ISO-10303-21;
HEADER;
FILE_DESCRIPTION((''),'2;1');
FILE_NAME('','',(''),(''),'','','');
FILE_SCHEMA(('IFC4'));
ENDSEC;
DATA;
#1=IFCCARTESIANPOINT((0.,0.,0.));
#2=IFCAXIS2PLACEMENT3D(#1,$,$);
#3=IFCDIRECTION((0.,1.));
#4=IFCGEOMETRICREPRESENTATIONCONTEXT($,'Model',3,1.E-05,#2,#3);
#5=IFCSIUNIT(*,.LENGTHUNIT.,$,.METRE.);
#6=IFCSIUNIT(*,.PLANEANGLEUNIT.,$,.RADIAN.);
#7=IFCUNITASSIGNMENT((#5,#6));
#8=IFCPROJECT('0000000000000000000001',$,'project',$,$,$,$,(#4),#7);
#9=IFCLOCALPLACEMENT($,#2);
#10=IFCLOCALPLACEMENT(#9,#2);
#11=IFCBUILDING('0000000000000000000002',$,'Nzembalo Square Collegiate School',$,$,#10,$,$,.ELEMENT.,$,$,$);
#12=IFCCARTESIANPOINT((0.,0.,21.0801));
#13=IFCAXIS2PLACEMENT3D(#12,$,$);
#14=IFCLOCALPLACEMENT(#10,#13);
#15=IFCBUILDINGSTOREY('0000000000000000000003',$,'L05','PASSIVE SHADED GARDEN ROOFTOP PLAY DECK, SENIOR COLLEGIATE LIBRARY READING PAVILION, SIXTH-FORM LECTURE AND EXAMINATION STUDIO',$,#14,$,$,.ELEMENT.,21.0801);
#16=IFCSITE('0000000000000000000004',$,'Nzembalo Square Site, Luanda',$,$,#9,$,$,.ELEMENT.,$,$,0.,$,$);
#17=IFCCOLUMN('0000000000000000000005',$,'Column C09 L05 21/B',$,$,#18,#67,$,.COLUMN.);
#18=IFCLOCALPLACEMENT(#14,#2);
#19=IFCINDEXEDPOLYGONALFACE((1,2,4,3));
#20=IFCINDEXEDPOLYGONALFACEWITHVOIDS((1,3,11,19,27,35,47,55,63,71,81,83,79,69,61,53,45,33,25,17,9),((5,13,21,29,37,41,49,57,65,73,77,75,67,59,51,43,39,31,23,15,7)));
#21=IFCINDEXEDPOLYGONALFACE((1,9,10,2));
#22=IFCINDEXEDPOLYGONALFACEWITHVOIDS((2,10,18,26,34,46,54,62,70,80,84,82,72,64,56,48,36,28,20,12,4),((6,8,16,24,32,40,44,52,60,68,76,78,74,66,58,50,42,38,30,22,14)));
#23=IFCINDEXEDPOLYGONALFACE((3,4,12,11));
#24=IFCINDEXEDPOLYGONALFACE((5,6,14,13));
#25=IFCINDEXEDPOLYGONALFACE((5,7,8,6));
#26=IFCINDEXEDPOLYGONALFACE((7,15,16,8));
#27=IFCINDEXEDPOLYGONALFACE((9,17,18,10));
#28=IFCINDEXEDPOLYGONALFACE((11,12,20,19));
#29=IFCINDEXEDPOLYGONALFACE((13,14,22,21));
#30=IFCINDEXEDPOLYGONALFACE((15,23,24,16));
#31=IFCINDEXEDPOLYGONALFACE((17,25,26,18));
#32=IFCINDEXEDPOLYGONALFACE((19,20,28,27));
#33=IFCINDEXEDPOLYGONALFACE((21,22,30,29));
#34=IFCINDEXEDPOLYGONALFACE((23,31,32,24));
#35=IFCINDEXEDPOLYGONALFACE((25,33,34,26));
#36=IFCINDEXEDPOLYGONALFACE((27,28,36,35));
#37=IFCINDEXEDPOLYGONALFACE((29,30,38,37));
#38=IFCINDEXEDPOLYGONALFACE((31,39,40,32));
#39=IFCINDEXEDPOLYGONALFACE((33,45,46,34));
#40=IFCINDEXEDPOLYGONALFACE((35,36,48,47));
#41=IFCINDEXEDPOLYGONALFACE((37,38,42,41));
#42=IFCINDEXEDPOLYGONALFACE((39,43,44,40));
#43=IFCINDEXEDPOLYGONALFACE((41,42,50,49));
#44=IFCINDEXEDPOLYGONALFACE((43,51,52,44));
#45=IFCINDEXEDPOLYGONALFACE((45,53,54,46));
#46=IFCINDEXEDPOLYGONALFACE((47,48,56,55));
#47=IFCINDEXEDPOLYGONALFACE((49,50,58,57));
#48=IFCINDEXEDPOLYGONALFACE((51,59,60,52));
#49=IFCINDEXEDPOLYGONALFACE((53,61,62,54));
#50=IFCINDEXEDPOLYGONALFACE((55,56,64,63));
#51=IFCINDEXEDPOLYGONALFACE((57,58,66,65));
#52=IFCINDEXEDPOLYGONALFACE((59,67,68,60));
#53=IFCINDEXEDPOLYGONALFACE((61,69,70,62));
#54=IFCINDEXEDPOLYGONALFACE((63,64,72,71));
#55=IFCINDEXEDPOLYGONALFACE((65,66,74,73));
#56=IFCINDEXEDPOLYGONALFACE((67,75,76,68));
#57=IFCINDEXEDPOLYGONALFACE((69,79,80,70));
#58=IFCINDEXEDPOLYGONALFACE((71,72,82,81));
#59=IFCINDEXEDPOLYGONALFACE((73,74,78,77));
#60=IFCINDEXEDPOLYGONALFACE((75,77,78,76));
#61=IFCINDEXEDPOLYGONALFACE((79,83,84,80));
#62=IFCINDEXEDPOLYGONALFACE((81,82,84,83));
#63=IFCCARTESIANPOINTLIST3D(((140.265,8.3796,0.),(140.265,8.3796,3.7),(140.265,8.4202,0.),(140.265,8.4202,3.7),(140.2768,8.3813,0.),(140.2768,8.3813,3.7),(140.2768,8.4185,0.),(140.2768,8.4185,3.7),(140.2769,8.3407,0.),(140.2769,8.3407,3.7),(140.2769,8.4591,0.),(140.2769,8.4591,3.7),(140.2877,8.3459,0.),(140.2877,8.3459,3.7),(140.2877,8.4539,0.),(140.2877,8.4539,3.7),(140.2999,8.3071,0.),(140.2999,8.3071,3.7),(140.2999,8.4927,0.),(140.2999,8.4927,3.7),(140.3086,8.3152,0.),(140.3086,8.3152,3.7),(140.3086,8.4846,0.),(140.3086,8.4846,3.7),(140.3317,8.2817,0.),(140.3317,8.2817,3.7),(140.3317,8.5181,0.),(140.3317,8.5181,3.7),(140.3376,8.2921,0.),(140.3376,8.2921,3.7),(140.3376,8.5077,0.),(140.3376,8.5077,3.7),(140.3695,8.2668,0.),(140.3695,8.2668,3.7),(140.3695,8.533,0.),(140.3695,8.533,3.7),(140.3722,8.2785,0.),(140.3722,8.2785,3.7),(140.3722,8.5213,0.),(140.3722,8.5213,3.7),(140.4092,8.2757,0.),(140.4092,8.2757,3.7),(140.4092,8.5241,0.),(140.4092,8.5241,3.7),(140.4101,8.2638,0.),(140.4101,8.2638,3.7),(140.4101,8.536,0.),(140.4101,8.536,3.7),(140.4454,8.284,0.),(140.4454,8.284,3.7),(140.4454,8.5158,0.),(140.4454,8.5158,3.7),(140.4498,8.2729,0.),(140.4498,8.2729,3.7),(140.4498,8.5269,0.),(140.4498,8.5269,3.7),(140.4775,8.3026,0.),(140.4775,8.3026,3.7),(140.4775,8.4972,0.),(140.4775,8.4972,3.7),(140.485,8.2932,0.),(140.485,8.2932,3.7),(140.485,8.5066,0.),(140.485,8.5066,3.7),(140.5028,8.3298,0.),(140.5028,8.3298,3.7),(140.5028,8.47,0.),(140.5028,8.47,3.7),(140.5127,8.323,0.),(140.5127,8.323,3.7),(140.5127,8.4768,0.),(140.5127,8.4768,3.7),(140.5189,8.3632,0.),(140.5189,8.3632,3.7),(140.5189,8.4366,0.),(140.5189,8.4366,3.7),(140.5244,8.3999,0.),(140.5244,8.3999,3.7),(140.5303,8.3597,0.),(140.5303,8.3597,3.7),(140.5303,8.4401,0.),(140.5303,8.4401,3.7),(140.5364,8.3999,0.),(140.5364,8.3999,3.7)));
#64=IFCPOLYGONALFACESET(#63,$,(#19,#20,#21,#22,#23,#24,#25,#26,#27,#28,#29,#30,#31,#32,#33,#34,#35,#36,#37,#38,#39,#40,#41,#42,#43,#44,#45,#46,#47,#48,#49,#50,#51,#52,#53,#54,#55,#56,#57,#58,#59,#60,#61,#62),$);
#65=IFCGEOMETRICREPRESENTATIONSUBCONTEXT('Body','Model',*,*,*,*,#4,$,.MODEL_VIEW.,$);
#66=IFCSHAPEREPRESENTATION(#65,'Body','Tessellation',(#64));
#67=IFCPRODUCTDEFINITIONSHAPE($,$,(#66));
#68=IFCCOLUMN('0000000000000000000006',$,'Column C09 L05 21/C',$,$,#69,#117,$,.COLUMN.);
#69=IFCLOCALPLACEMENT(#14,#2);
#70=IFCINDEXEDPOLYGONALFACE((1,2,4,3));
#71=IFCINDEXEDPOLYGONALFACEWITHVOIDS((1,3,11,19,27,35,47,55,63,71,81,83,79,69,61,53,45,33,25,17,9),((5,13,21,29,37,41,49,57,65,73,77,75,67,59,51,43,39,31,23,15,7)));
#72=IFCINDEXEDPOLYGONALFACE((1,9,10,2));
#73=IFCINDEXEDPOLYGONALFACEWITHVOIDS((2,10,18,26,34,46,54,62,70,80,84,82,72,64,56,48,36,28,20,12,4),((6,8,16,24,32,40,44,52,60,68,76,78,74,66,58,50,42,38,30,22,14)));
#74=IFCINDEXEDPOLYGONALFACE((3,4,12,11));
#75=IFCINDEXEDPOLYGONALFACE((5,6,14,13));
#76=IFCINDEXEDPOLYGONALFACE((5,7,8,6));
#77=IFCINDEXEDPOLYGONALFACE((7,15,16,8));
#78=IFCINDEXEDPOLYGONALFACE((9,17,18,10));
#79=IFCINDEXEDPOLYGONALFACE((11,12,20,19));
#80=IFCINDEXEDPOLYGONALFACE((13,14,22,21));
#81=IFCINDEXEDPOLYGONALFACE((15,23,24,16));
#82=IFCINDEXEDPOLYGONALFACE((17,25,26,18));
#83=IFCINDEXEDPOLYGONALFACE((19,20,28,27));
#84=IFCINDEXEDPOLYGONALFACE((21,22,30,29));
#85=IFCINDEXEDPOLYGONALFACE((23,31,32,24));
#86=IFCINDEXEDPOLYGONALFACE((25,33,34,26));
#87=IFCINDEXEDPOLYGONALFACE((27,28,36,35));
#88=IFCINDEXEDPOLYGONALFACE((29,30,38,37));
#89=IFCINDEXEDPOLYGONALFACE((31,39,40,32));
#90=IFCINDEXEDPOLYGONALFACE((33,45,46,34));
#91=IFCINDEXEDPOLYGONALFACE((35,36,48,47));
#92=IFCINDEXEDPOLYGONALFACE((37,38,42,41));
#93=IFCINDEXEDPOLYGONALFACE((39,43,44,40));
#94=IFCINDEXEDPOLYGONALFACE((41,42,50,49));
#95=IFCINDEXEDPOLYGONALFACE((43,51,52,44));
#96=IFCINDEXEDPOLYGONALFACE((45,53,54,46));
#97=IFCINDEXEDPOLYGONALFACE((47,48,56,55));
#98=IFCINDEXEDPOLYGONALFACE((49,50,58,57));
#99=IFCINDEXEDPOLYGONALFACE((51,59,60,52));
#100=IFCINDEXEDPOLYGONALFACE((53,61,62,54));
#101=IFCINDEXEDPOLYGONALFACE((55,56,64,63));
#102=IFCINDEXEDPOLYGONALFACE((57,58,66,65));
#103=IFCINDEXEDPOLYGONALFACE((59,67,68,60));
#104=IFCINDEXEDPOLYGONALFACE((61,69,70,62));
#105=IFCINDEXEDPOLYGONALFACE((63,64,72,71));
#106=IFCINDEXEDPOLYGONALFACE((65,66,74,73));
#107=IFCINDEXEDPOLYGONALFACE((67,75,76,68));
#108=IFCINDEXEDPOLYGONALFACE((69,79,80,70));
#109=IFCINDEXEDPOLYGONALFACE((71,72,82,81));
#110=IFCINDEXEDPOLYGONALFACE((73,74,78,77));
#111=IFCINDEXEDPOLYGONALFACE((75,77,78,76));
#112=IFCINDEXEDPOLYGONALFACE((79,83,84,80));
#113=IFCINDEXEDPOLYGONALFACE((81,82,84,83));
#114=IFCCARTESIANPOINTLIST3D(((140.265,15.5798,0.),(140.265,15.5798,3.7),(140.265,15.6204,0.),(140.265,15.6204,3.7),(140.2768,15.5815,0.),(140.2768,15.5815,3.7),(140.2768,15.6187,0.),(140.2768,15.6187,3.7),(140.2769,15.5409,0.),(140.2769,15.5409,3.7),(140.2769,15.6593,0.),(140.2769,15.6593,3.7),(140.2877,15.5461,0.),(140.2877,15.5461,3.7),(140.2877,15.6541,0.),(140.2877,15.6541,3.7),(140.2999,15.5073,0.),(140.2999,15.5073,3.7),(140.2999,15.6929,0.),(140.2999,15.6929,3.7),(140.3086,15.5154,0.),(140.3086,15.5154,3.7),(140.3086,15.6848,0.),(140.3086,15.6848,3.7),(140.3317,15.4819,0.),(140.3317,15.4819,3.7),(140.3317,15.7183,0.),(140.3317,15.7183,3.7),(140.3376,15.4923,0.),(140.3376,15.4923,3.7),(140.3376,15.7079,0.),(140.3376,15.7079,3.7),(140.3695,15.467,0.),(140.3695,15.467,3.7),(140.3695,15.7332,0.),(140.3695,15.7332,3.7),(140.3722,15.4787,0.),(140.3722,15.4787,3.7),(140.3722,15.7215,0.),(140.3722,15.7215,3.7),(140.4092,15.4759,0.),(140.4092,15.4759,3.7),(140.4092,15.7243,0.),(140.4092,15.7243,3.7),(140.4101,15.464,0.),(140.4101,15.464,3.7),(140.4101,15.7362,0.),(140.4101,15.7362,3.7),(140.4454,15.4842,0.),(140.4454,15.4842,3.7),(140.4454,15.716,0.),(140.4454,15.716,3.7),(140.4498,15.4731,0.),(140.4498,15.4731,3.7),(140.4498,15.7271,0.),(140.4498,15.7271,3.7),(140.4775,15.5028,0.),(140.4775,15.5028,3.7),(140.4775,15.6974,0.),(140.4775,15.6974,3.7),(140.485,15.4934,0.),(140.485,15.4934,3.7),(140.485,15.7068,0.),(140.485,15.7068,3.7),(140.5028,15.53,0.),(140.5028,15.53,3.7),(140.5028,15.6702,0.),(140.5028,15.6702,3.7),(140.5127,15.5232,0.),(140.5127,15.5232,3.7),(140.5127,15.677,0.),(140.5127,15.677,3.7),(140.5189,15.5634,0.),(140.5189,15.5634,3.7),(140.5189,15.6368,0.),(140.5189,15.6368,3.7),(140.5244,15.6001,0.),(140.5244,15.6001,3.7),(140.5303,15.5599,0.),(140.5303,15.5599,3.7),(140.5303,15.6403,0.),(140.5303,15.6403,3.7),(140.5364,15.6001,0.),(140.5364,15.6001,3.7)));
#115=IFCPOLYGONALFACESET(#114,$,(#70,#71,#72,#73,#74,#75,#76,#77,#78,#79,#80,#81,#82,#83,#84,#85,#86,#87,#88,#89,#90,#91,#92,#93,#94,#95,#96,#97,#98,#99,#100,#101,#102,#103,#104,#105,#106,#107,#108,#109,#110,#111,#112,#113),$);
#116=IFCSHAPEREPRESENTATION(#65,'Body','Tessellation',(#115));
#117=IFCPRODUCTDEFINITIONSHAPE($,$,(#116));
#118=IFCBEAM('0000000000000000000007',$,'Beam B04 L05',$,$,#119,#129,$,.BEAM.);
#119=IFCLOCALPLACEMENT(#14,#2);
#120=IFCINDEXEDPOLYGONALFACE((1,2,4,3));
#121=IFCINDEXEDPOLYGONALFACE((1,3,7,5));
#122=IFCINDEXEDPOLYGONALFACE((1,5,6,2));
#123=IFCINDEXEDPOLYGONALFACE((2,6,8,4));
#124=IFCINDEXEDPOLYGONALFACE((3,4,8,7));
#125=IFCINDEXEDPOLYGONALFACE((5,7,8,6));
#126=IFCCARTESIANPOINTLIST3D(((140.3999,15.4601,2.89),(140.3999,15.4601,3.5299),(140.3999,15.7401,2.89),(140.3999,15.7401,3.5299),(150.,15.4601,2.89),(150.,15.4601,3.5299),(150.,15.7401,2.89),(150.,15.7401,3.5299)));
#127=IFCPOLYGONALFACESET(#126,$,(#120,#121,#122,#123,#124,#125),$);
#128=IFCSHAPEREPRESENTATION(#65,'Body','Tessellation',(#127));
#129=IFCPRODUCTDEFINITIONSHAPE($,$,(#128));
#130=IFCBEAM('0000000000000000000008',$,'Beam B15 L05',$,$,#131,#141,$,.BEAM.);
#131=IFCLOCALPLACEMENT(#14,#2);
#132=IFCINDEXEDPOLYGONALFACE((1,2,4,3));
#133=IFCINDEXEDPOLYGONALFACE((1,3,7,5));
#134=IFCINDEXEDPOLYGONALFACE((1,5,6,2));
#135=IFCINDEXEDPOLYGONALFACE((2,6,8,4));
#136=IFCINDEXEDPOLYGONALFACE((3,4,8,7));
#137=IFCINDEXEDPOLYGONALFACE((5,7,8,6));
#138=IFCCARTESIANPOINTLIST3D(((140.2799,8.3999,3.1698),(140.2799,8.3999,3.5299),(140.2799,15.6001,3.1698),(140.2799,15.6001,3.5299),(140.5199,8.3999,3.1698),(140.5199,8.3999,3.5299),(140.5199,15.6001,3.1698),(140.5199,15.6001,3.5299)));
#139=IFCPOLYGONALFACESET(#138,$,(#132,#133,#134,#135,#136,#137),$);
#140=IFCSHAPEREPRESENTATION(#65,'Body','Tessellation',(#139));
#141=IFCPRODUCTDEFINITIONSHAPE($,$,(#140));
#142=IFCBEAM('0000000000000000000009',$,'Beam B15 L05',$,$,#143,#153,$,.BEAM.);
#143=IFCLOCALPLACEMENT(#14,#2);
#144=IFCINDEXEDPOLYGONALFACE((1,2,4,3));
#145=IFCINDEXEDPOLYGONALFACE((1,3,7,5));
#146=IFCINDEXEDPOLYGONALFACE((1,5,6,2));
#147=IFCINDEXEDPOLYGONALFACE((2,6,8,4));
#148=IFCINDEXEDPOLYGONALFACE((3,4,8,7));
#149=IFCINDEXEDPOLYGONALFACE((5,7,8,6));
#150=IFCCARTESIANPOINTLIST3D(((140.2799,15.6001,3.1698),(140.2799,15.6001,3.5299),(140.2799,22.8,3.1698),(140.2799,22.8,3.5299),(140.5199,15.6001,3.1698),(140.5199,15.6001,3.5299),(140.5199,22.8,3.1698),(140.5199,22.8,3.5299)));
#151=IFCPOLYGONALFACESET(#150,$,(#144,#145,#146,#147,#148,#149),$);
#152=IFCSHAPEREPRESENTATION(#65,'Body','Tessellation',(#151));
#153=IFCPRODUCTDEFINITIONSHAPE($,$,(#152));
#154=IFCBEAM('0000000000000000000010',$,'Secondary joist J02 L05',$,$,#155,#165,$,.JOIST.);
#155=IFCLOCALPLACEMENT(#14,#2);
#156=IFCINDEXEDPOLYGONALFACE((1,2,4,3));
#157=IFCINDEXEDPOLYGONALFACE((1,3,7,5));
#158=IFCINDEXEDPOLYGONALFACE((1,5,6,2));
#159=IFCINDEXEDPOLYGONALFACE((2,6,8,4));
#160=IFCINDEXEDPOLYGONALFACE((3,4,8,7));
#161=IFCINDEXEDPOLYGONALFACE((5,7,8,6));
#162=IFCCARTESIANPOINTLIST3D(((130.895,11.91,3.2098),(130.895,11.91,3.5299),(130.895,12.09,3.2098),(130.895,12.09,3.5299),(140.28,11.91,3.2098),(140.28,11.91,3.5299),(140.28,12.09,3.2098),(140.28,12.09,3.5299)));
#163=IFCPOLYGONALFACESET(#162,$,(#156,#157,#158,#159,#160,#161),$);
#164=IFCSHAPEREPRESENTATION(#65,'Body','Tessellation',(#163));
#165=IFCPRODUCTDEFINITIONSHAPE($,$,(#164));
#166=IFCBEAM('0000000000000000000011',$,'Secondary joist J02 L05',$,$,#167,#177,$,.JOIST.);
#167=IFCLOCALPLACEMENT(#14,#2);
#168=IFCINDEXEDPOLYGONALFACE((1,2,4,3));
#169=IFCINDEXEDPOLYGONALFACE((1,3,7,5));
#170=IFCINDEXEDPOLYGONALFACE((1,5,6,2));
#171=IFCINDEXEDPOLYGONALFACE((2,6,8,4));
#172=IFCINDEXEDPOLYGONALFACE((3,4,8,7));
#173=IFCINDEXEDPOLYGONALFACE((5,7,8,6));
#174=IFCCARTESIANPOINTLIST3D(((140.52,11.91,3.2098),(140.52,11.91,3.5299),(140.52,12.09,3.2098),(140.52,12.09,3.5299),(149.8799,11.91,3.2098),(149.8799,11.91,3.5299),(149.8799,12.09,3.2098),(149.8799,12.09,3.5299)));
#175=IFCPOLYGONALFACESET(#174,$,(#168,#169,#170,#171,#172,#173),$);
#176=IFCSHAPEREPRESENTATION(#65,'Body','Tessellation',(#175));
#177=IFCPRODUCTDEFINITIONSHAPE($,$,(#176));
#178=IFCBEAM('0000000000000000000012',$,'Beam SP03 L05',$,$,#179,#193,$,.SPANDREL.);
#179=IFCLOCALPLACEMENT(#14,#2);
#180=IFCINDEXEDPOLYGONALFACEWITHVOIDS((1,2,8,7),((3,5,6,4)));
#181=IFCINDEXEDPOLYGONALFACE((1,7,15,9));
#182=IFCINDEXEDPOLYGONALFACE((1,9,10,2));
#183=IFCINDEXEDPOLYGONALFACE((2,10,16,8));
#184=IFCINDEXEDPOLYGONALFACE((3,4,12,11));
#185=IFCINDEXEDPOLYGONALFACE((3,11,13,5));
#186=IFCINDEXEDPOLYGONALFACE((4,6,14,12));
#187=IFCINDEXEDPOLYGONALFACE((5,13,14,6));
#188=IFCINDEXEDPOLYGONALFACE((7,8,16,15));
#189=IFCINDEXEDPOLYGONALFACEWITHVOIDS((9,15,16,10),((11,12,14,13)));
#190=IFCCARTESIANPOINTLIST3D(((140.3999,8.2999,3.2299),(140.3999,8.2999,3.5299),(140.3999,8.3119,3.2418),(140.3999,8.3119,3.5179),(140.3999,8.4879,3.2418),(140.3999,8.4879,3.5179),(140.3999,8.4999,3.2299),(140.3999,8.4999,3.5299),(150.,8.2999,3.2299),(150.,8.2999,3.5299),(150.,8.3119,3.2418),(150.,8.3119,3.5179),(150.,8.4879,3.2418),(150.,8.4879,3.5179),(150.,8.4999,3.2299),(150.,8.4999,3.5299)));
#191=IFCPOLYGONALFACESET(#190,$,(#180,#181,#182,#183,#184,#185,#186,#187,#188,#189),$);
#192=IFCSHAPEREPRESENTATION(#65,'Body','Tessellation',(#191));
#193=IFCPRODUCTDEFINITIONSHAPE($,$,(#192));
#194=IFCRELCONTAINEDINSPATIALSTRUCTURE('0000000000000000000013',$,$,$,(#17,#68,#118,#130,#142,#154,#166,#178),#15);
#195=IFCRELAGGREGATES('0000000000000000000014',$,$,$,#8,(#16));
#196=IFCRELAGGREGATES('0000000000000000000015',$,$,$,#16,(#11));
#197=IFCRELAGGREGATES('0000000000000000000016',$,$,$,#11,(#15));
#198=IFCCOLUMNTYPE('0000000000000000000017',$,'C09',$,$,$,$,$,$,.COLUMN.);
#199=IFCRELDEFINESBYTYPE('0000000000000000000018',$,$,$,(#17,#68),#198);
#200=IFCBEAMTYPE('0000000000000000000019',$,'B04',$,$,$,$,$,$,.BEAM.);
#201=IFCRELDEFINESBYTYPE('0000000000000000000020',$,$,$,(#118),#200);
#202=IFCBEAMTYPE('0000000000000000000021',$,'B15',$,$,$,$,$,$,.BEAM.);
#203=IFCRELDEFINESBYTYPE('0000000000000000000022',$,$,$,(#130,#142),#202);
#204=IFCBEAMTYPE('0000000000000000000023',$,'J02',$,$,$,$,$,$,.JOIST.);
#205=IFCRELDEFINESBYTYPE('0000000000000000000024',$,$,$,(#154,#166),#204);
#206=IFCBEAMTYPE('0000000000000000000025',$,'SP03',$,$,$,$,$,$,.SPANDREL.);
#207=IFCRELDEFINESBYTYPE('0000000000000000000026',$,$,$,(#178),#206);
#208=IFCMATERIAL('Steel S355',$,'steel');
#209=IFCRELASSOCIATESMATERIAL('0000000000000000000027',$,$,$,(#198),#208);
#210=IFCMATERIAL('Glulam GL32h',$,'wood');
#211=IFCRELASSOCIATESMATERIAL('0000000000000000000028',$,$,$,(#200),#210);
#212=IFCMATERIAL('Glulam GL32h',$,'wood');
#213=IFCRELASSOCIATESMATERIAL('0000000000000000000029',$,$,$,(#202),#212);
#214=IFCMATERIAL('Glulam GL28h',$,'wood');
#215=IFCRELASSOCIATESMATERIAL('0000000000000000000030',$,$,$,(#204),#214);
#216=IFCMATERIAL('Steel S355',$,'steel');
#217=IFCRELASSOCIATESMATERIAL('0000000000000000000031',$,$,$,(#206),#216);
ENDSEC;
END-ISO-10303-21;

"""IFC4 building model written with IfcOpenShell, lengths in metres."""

from ifc_helpers import new_model, si_unit, direction, frame, origin, origin_2d, place, context, subcontext, project, spatial, rectangle, hollow_rectangle, hollow_circle, extrude, material, material_profile, profile_set, type_object, element, save


model = new_model("IFC4")

# Units and contexts
model_context = context("Model", 3, precision=1e-05, world=origin(), true_north=direction((0.0, 1.0)))
body_context = subcontext(model_context, "Body", "Model", "MODEL_VIEW")
ifc_project = project(units=[si_unit("LENGTHUNIT", "METRE"), si_unit("PLANEANGLEUNIT", "RADIAN")], contexts=[model_context])

# Site, building, storey
site_placement = place(None, origin())
site = spatial("IfcSite", under=ifc_project, at=site_placement, Name="Nzembalo Square Site, Luanda", CompositionType="ELEMENT", RefElevation=0.0)
building_placement = place(site_placement, origin())
building = spatial("IfcBuilding", under=site, at=building_placement, Name="Nzembalo Square Collegiate School", CompositionType="ELEMENT")
storey_placement = place(building_placement, frame((0.0, 0.0, 21.0801)))
storey = spatial("IfcBuildingStorey", under=building, at=storey_placement, Name="L05", Description="PASSIVE SHADED GARDEN ROOFTOP PLAY DECK, SENIOR COLLEGIATE LIBRARY READING PAVILION, SIXTH-FORM LECTURE AND EXAMINATION STUDIO", CompositionType="ELEMENT", Elevation=21.0801)

# Columns
ifc_material_1 = material(Name="Steel S355", Category="steel")
ifc_material_profile_1 = material_profile(ifc_material_1, hollow_circle(Radius=0.1365, WallThickness=0.012, at=origin_2d()), Name="CHS 273x12")
ifc_profile_set_1 = profile_set([ifc_material_profile_1], Name="Steel S355")
column_type = type_object("IfcColumnType", Name="C09", PredefinedType="COLUMN", material=ifc_profile_set_1)
for number, where, z_axis, x_axis, name in (
    (1, (140.3999, 8.3999, 0.0), (0.0, 0.0, 1.0), (1.0, 0.0, 0.0), "Column C09 L05 21/B"),
    (2, (140.3999, 15.6001, 0.0), (0.0, 0.0, 1.0), (1.0, 0.0, 0.0), "Column C09 L05 21/C"),
):
    element("IfcColumn", number, at=place(storey_placement, frame(where, z_axis=z_axis, x_axis=x_axis)), inside=storey, type_object=column_type, Name=name, PredefinedType="COLUMN", context=body_context, shape_type="SweptSolid", body=[
        extrude(hollow_circle(Radius=0.1365, WallThickness=0.012, at=origin_2d()), origin(), (0.0, 0.0, 1.0), 3.7),
    ])

# Beams
ifc_material_2 = material(Name="Glulam GL32h", Category="wood")
ifc_material_profile_2 = material_profile(ifc_material_2, rectangle(XDim=0.28, YDim=0.6399, at=origin_2d()), Name="GL32h 280x640")
ifc_profile_set_2 = profile_set([ifc_material_profile_2], Name="Glulam GL32h")
beam_type_1 = type_object("IfcBeamType", Name="B04", PredefinedType="BEAM", material=ifc_profile_set_2)
beam_1_placement = place(storey_placement, frame((140.3999, 15.6001, 3.21), z_axis=(1.0, 0.0, 0.0), x_axis=(0.0, 1.0, 0.0)))
element("IfcBeam", 3, at=beam_1_placement, inside=storey, type_object=beam_type_1, Name="Beam B04 L05", PredefinedType="BEAM", context=body_context, shape_type="SweptSolid", body=[
    extrude(rectangle(XDim=0.28, YDim=0.6399, at=origin_2d()), origin(), (0.0, 0.0, 1.0), 9.6001),
])
ifc_material_3 = material(Name="Glulam GL32h", Category="wood")
ifc_material_profile_3 = material_profile(ifc_material_3, rectangle(XDim=0.24, YDim=0.3601, at=origin_2d()), Name="GL32h 240x360")
ifc_profile_set_3 = profile_set([ifc_material_profile_3], Name="Glulam GL32h")
beam_type_2 = type_object("IfcBeamType", Name="B15", PredefinedType="BEAM", material=ifc_profile_set_3)
beam_2_placement = place(storey_placement, frame((140.3999, 8.3999, 3.3499), z_axis=(0.0, 1.0, 0.0), x_axis=(-1.0, 0.0, 0.0)))
element("IfcBeam", 4, at=beam_2_placement, inside=storey, type_object=beam_type_2, Name="Beam B15 L05", PredefinedType="BEAM", context=body_context, shape_type="SweptSolid", body=[
    extrude(rectangle(XDim=0.24, YDim=0.3601, at=origin_2d()), origin(), (0.0, 0.0, 1.0), 7.2002),
])
beam_3_placement = place(storey_placement, frame((140.3999, 15.6001, 3.3499), z_axis=(0.0, 1.0, 0.0), x_axis=(-1.0, 0.0, 0.0)))
element("IfcBeam", 5, at=beam_3_placement, inside=storey, type_object=beam_type_2, Name="Beam B15 L05", PredefinedType="BEAM", context=body_context, shape_type="SweptSolid", body=[
    extrude(rectangle(XDim=0.24, YDim=0.3601, at=origin_2d()), origin(), (0.0, 0.0, 1.0), 7.2),
])
ifc_material_4 = material(Name="Glulam GL28h", Category="wood")
ifc_material_profile_4 = material_profile(ifc_material_4, rectangle(XDim=0.1799, YDim=0.3201, at=origin_2d()), Name="GL28h 180x320")
ifc_profile_set_4 = profile_set([ifc_material_profile_4], Name="Glulam GL28h")
beam_type_3 = type_object("IfcBeamType", Name="J02", PredefinedType="JOIST", material=ifc_profile_set_4)
beam_4_placement = place(storey_placement, frame((130.895, 12.0, 3.3699), z_axis=(1.0, 0.0, 0.0), x_axis=(0.0, 1.0, 0.0)))
element("IfcBeam", 6, at=beam_4_placement, inside=storey, type_object=beam_type_3, Name="Secondary joist J02 L05", PredefinedType="JOIST", context=body_context, shape_type="SweptSolid", body=[
    extrude(rectangle(XDim=0.1799, YDim=0.3201, at=origin_2d()), origin(), (0.0, 0.0, 1.0), 9.385),
])
beam_5_placement = place(storey_placement, frame((140.52, 12.0, 3.3699), z_axis=(1.0, 0.0, 0.0), x_axis=(0.0, 1.0, 0.0)))
element("IfcBeam", 7, at=beam_5_placement, inside=storey, type_object=beam_type_3, Name="Secondary joist J02 L05", PredefinedType="JOIST", context=body_context, shape_type="SweptSolid", body=[
    extrude(rectangle(XDim=0.1799, YDim=0.3201, at=origin_2d()), origin(), (0.0, 0.0, 1.0), 9.3599),
])
ifc_material_5 = material(Name="Steel S355", Category="steel")
ifc_material_profile_5 = material_profile(ifc_material_5, hollow_rectangle(XDim=0.2, YDim=0.3, WallThickness=0.012, at=origin_2d()), Name="RHS 300x200x12")
ifc_profile_set_5 = profile_set([ifc_material_profile_5], Name="Steel S355")
beam_type_4 = type_object("IfcBeamType", Name="SP03", PredefinedType="SPANDREL", material=ifc_profile_set_5)
beam_6_placement = place(storey_placement, frame((140.3999, 8.3999, 3.3799), z_axis=(1.0, 0.0, 0.0), x_axis=(0.0, 1.0, 0.0)))
element("IfcBeam", 8, at=beam_6_placement, inside=storey, type_object=beam_type_4, Name="Beam SP03 L05", PredefinedType="SPANDREL", context=body_context, shape_type="SweptSolid", body=[
    extrude(hollow_rectangle(XDim=0.2, YDim=0.3, WallThickness=0.012, at=origin_2d()), origin(), (0.0, 0.0, 1.0), 9.6001),
])

save(model, "model.ifc")
